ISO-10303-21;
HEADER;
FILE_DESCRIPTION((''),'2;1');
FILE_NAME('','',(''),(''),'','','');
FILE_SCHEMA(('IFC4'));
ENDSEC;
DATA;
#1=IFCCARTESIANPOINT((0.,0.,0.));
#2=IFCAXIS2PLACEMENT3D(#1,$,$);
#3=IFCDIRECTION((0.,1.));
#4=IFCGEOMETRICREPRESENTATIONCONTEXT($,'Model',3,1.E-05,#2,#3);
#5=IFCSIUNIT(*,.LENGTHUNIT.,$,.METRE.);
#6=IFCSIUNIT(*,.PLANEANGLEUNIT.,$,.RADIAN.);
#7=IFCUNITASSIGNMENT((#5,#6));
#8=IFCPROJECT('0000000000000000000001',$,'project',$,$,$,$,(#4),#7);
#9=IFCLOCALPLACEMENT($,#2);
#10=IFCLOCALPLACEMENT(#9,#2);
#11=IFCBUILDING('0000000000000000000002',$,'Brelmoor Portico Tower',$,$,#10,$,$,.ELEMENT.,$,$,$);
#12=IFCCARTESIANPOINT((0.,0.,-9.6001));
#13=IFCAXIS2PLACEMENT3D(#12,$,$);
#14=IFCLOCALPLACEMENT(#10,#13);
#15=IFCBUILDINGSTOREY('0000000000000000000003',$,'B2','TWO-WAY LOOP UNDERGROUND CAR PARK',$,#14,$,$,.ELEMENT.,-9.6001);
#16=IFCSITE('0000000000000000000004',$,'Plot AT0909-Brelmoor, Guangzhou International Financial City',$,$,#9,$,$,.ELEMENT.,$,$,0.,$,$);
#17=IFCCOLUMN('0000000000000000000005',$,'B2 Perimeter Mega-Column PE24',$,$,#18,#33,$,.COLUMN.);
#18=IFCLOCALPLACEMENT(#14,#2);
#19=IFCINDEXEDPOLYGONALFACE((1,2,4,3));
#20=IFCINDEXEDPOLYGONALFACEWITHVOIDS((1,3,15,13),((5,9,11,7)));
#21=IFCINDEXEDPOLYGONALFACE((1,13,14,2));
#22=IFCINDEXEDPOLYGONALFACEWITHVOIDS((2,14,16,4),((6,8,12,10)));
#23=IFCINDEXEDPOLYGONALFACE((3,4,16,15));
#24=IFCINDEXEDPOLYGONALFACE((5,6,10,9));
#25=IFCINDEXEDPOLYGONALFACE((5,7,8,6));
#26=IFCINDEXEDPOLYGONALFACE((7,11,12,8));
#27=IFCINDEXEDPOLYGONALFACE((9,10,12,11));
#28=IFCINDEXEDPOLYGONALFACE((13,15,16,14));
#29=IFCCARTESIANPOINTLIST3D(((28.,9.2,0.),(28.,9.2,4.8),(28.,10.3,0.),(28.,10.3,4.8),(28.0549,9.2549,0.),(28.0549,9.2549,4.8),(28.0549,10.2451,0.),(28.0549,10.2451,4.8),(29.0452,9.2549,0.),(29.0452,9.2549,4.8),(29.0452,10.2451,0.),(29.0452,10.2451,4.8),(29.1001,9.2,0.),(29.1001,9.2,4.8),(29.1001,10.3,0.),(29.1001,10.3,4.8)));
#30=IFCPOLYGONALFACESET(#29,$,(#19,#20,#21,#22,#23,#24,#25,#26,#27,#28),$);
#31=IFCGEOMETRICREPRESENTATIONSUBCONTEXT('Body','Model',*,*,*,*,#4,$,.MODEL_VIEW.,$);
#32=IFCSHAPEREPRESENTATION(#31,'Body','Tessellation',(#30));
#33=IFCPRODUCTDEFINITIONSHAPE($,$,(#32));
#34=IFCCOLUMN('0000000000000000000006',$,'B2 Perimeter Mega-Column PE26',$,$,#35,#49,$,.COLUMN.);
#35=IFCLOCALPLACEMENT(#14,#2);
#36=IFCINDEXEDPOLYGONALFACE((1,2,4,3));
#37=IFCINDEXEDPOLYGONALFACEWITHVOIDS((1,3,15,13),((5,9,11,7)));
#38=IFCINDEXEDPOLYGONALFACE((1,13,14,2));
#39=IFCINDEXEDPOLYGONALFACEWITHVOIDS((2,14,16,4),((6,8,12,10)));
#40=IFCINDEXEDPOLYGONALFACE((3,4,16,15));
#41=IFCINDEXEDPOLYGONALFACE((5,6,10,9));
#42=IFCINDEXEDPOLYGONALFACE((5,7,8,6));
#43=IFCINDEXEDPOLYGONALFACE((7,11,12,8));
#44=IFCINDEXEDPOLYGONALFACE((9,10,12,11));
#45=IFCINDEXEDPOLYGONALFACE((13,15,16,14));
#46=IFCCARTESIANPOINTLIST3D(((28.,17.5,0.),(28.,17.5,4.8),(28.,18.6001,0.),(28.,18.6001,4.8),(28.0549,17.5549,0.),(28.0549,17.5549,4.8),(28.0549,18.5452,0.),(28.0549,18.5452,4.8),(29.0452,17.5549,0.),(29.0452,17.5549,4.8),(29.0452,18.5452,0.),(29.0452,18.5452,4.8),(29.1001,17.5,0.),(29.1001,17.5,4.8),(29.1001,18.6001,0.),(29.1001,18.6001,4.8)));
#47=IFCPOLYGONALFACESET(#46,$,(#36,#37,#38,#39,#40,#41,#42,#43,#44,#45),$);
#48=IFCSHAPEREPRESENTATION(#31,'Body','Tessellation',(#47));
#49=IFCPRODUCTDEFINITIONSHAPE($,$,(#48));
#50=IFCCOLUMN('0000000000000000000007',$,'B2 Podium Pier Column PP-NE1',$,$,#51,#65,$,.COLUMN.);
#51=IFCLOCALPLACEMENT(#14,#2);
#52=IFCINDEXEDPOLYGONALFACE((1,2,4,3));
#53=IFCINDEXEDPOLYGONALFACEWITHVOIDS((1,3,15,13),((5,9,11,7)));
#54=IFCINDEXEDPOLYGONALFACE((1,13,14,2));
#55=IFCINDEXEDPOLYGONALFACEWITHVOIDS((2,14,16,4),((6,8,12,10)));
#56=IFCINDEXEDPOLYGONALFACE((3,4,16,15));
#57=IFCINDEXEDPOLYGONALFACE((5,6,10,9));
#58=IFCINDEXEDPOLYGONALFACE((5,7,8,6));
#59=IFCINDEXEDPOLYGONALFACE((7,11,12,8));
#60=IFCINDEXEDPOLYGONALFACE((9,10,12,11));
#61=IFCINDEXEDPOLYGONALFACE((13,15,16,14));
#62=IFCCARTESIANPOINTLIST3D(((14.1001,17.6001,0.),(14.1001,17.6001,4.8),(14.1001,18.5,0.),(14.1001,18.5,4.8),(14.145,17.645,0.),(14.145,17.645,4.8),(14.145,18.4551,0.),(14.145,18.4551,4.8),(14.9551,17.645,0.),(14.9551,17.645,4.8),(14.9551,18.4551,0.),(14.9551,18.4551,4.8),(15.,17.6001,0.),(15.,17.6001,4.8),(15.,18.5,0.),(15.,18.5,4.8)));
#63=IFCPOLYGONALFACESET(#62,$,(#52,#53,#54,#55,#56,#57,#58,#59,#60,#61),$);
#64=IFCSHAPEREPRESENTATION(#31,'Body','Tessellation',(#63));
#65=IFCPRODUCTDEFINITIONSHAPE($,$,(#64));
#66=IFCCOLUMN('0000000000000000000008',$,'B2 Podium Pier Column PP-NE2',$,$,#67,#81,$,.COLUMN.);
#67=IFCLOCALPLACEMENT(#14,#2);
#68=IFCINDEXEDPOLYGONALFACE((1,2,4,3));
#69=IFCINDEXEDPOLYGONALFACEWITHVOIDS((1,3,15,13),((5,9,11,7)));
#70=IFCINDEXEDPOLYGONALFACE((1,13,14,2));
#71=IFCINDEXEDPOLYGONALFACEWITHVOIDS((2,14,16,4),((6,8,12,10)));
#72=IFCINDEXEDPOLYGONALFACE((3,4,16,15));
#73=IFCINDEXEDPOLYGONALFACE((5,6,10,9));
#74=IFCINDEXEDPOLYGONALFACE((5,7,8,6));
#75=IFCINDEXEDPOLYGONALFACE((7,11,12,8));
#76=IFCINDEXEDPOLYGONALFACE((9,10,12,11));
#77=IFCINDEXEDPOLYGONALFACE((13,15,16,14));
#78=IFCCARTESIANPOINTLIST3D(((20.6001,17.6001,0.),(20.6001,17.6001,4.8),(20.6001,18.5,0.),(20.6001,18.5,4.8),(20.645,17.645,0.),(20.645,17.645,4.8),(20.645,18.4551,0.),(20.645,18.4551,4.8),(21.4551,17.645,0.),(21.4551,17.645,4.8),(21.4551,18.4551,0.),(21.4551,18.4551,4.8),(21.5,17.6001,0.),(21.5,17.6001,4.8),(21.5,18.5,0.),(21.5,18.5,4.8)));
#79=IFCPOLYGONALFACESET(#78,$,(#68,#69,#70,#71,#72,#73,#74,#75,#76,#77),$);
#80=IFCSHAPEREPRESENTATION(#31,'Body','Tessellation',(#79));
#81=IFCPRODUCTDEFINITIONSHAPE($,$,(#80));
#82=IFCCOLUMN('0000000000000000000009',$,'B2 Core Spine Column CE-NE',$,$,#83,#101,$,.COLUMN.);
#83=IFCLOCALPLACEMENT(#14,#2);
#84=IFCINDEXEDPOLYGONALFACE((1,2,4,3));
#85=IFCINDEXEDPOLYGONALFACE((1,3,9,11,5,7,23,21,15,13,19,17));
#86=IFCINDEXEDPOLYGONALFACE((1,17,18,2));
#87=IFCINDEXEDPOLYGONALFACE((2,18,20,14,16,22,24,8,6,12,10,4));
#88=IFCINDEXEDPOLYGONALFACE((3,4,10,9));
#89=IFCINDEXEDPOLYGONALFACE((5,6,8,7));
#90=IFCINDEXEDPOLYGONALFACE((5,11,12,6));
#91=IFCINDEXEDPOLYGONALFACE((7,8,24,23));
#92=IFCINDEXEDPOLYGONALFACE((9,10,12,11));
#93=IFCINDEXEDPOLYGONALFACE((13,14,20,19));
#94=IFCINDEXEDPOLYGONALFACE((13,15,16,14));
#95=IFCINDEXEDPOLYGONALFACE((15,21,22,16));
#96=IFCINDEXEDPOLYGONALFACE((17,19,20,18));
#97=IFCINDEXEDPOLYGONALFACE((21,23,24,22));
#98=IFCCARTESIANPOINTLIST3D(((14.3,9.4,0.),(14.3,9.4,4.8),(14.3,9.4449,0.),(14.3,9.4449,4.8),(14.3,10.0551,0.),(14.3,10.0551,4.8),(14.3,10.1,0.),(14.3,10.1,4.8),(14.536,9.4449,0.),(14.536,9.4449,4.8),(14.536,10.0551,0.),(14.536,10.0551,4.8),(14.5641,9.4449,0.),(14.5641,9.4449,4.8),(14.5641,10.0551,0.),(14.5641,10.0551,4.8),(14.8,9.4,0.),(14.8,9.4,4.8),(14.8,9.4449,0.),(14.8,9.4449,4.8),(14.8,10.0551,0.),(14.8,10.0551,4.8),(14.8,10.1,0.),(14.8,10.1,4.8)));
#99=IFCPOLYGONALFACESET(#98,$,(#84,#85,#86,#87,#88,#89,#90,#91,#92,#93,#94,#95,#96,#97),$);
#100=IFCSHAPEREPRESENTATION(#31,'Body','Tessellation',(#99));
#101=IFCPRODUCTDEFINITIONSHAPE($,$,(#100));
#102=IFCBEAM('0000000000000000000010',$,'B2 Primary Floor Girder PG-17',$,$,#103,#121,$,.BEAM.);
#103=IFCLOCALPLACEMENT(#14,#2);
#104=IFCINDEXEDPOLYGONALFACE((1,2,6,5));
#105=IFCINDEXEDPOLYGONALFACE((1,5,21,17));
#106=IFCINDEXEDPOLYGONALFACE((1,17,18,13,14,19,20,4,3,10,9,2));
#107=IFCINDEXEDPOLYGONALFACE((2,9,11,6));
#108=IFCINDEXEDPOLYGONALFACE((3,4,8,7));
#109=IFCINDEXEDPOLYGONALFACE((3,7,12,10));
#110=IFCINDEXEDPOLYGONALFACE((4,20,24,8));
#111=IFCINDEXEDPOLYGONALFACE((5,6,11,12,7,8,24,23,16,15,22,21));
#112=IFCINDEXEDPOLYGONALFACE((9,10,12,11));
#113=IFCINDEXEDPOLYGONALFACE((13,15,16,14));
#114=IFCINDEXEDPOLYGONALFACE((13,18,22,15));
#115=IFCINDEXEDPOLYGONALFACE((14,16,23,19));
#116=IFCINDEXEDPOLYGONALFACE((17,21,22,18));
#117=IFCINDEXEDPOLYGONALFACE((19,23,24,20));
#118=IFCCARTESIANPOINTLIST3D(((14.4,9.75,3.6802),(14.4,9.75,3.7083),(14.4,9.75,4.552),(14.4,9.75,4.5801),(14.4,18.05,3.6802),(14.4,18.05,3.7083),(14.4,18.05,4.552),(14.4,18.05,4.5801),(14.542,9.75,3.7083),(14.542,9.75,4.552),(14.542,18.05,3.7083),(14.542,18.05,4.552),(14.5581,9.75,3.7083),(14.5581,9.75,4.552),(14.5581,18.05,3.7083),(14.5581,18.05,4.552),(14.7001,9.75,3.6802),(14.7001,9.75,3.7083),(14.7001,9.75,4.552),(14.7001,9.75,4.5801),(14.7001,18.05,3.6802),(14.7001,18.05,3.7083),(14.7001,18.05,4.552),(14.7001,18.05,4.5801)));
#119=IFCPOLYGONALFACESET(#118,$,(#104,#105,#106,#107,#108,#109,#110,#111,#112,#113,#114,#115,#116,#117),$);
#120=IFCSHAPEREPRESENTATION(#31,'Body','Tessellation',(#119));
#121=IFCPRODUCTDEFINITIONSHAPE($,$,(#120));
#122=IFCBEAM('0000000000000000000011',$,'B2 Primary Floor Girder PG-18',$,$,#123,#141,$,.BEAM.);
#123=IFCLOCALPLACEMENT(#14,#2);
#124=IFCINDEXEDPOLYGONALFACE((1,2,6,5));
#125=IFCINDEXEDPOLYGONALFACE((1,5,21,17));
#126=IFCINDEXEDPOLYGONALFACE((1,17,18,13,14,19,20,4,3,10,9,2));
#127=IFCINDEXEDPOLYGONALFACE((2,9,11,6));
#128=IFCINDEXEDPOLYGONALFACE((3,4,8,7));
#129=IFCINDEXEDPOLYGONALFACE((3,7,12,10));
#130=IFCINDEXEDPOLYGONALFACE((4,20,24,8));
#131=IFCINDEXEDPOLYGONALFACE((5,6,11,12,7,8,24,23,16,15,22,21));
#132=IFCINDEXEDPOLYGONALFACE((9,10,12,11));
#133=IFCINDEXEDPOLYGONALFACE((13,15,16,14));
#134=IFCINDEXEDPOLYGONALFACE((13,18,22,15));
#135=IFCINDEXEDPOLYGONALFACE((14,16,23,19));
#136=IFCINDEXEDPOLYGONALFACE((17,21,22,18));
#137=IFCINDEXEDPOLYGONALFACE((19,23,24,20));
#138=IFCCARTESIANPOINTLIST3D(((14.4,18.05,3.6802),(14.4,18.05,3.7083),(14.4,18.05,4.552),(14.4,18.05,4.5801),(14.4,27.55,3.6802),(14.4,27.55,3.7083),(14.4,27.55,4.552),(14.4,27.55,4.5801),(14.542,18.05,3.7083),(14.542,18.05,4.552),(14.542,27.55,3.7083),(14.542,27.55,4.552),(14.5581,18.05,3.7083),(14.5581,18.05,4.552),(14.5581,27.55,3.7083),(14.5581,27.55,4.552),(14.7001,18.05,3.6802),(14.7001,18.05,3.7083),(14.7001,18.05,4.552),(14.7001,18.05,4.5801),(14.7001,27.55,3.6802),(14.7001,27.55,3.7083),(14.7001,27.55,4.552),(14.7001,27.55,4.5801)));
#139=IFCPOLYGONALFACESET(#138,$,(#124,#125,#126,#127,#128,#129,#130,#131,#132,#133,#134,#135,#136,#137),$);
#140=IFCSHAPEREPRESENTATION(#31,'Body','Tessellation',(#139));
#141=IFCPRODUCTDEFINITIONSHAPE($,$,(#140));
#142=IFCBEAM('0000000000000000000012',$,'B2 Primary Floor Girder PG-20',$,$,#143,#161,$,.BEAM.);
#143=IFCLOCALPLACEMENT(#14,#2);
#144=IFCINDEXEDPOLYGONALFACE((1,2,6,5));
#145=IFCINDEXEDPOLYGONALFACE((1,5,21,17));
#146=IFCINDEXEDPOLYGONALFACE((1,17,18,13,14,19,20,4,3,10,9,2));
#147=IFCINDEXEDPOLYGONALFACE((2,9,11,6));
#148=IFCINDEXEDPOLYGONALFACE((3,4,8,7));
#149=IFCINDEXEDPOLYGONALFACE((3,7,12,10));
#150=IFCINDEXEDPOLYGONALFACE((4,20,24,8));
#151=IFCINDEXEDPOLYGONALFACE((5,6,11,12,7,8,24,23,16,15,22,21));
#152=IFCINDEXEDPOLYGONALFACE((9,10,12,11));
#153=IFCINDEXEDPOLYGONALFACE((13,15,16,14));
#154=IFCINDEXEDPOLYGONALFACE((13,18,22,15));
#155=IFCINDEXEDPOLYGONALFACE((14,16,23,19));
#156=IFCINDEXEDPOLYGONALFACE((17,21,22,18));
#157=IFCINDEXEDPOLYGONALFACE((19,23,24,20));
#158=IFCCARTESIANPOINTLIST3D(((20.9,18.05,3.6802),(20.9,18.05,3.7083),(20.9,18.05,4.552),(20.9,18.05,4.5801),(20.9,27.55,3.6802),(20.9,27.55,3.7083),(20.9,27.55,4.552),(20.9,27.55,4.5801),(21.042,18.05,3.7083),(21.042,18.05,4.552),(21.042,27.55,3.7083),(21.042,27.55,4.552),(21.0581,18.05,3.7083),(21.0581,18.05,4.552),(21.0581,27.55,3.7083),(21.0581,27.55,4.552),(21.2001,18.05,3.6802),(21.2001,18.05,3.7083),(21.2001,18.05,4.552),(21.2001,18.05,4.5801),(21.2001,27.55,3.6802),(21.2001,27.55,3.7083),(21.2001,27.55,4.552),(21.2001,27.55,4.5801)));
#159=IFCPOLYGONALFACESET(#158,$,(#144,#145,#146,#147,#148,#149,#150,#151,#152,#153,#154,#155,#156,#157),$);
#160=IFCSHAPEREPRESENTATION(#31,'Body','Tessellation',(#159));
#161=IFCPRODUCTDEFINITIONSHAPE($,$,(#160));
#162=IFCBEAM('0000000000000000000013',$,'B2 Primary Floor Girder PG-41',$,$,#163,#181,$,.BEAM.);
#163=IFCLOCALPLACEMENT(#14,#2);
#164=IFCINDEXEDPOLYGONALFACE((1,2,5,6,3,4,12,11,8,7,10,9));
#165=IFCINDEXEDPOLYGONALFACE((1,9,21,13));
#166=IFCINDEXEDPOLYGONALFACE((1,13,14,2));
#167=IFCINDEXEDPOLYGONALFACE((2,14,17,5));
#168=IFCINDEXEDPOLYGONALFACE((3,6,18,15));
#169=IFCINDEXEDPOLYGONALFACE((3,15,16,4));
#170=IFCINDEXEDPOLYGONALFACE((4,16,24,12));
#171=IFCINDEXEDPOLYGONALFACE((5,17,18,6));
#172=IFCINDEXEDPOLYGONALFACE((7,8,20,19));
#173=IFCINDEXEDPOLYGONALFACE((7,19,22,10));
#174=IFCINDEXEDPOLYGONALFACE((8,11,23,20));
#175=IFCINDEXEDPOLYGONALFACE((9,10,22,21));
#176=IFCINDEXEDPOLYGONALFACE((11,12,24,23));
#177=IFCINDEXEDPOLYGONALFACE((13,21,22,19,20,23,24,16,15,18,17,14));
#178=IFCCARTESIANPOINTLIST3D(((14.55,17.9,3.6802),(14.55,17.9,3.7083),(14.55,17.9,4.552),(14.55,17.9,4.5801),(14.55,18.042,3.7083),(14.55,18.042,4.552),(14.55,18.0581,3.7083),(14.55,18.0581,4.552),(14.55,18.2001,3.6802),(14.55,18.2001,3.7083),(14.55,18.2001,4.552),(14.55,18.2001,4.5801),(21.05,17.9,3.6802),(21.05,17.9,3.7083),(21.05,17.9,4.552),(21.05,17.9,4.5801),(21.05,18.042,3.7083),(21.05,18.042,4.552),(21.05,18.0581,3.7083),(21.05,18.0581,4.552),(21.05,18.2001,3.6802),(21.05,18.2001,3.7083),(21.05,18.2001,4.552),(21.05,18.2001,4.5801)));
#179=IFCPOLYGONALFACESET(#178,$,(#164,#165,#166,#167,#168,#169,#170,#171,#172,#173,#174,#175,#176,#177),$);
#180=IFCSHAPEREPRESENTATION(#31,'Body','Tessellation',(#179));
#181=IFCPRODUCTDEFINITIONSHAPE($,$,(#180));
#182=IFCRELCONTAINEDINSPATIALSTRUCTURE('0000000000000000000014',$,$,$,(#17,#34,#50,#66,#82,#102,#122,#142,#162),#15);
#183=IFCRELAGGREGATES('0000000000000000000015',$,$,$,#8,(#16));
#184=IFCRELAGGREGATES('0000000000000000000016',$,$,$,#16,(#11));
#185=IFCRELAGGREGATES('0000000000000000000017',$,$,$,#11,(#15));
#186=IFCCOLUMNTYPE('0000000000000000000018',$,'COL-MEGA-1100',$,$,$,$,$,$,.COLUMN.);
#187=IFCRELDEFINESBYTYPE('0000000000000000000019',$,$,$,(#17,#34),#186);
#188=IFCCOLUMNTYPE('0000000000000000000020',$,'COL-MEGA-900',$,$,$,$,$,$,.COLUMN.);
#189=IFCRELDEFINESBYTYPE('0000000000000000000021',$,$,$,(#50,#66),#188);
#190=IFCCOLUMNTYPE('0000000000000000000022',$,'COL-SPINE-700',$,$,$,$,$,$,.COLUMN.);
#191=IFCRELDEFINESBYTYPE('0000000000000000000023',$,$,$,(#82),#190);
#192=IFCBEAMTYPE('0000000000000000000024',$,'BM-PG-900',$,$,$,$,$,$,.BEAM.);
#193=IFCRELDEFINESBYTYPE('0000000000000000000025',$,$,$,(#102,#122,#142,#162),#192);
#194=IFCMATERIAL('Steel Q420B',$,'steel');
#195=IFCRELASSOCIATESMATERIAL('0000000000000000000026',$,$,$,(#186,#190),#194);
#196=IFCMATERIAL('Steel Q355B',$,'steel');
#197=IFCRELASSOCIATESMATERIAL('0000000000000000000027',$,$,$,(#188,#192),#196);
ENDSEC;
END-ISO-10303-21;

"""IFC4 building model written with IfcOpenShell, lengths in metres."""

from ifc_helpers import new_model, si_unit, direction, frame, origin, origin_2d, place, context, subcontext, project, spatial, hollow_rectangle, i_section, extrude, material, material_profile, profile_set, type_object, element, save


model = new_model("IFC4")

# Units and contexts
model_context = context("Model", 3, precision=1e-05, world=origin(), true_north=direction((0.0, 1.0)))
body_context = subcontext(model_context, "Body", "Model", "MODEL_VIEW")
ifc_project = project(units=[si_unit("LENGTHUNIT", "METRE"), si_unit("PLANEANGLEUNIT", "RADIAN")], contexts=[model_context])

# Site, building, storey
site_placement = place(None, origin())
site = spatial("IfcSite", under=ifc_project, at=site_placement, Name="Plot AT0909-Brelmoor, Guangzhou International Financial City", CompositionType="ELEMENT", RefElevation=0.0)
building_placement = place(site_placement, origin())
building = spatial("IfcBuilding", under=site, at=building_placement, Name="Brelmoor Portico Tower", CompositionType="ELEMENT")
storey_placement = place(building_placement, frame((0.0, 0.0, -9.6001)))
storey = spatial("IfcBuildingStorey", under=building, at=storey_placement, Name="B2", Description="TWO-WAY LOOP UNDERGROUND CAR PARK", CompositionType="ELEMENT", Elevation=-9.6001)

# Columns
ifc_material_1 = material(Name="Steel Q420B", Category="steel")
ifc_material_profile_1 = material_profile(ifc_material_1, hollow_rectangle(XDim=1.1001, YDim=1.1001, WallThickness=0.0549, at=origin_2d()), Name="BOX 1100x1100x55")
ifc_profile_set_1 = profile_set([ifc_material_profile_1], Name="Steel Q420B")
column_type_1 = type_object("IfcColumnType", Name="COL-MEGA-1100", PredefinedType="COLUMN", material=ifc_profile_set_1)
for number, where, z_axis, x_axis, name in (
    (1, (28.55, 9.75, 0.0), (0.0, 0.0, 1.0), (0.0, 1.0, 0.0), "B2 Perimeter Mega-Column PE24"),
    (2, (28.55, 18.05, 0.0), (0.0, 0.0, 1.0), (0.0, 1.0, 0.0), "B2 Perimeter Mega-Column PE26"),
):
    element("IfcColumn", number, at=place(storey_placement, frame(where, z_axis=z_axis, x_axis=x_axis)), inside=storey, type_object=column_type_1, Name=name, PredefinedType="COLUMN", context=body_context, shape_type="SweptSolid", body=[
        extrude(hollow_rectangle(XDim=1.1001, YDim=1.1001, WallThickness=0.0549, at=origin_2d()), origin(), (0.0, 0.0, 1.0), 4.8),
    ])
ifc_material_2 = material(Name="Steel Q355B", Category="steel")
ifc_material_profile_2 = material_profile(ifc_material_2, hollow_rectangle(XDim=0.8999, YDim=0.8999, WallThickness=0.0449, at=origin_2d()), Name="BOX 900x900x45")
ifc_profile_set_2 = profile_set([ifc_material_profile_2], Name="Steel Q355B")
column_type_2 = type_object("IfcColumnType", Name="COL-MEGA-900", PredefinedType="COLUMN", material=ifc_profile_set_2)
for number, where, z_axis, x_axis, name in (
    (3, (14.55, 18.05, 0.0), (0.0, 0.0, 1.0), (1.0, 0.0, 0.0), "B2 Podium Pier Column PP-NE1"),
    (4, (21.05, 18.05, 0.0), (0.0, 0.0, 1.0), (1.0, 0.0, 0.0), "B2 Podium Pier Column PP-NE2"),
):
    element("IfcColumn", number, at=place(storey_placement, frame(where, z_axis=z_axis, x_axis=x_axis)), inside=storey, type_object=column_type_2, Name=name, PredefinedType="COLUMN", context=body_context, shape_type="SweptSolid", body=[
        extrude(hollow_rectangle(XDim=0.8999, YDim=0.8999, WallThickness=0.0449, at=origin_2d()), origin(), (0.0, 0.0, 1.0), 4.8),
    ])
ifc_material_profile_3 = material_profile(ifc_material_1, i_section(OverallWidth=0.5, OverallDepth=0.7, WebThickness=0.0281, FlangeThickness=0.0449, at=origin_2d()), Name="HW 700x500x28x45")
ifc_profile_set_3 = profile_set([ifc_material_profile_3], Name="Steel Q420B")
column_type_3 = type_object("IfcColumnType", Name="COL-SPINE-700", PredefinedType="COLUMN", material=ifc_profile_set_3)
column_placement = place(storey_placement, frame((14.55, 9.75, 0.0), z_axis=(0.0, 0.0, 1.0), x_axis=(1.0, 0.0, 0.0)))
element("IfcColumn", 5, at=column_placement, inside=storey, type_object=column_type_3, Name="B2 Core Spine Column CE-NE", PredefinedType="COLUMN", context=body_context, shape_type="SweptSolid", body=[
    extrude(i_section(OverallWidth=0.5, OverallDepth=0.7, WebThickness=0.0281, FlangeThickness=0.0449, at=origin_2d()), origin(), (0.0, 0.0, 1.0), 4.8),
])

# Beams
ifc_material_profile_4 = material_profile(ifc_material_2, i_section(OverallWidth=0.3, OverallDepth=0.8999, WebThickness=0.0161, FlangeThickness=0.0281, at=origin_2d()), Name="HN 900x300x16x28")
ifc_profile_set_4 = profile_set([ifc_material_profile_4], Name="Steel Q355B")
beam_type = type_object("IfcBeamType", Name="BM-PG-900", PredefinedType="BEAM", material=ifc_profile_set_4)
beam_1_placement = place(storey_placement, frame((14.55, 9.75, 4.1301), z_axis=(0.0, 1.0, 0.0), x_axis=(-1.0, 0.0, 0.0)))
element("IfcBeam", 6, at=beam_1_placement, inside=storey, type_object=beam_type, Name="B2 Primary Floor Girder PG-17", PredefinedType="BEAM", context=body_context, shape_type="SweptSolid", body=[
    extrude(i_section(OverallWidth=0.3, OverallDepth=0.8999, WebThickness=0.0161, FlangeThickness=0.0281, at=origin_2d()), origin(), (0.0, 0.0, 1.0), 8.3),
])
for number, where, z_axis, x_axis, name in (
    (7, (14.55, 18.05, 4.1301), (0.0, 1.0, 0.0), (-1.0, 0.0, 0.0), "B2 Primary Floor Girder PG-18"),
    (8, (21.05, 18.05, 4.1301), (0.0, 1.0, 0.0), (-1.0, 0.0, 0.0), "B2 Primary Floor Girder PG-20"),
):
    element("IfcBeam", number, at=place(storey_placement, frame(where, z_axis=z_axis, x_axis=x_axis)), inside=storey, type_object=beam_type, Name=name, PredefinedType="BEAM", context=body_context, shape_type="SweptSolid", body=[
        extrude(i_section(OverallWidth=0.3, OverallDepth=0.8999, WebThickness=0.0161, FlangeThickness=0.0281, at=origin_2d()), origin(), (0.0, 0.0, 1.0), 9.5),
    ])
beam_2_placement = place(storey_placement, frame((14.55, 18.05, 4.1301), z_axis=(1.0, 0.0, 0.0), x_axis=(0.0, 1.0, 0.0)))
element("IfcBeam", 9, at=beam_2_placement, inside=storey, type_object=beam_type, Name="B2 Primary Floor Girder PG-41", PredefinedType="BEAM", context=body_context, shape_type="SweptSolid", body=[
    extrude(i_section(OverallWidth=0.3, OverallDepth=0.8999, WebThickness=0.0161, FlangeThickness=0.0281, at=origin_2d()), origin(), (0.0, 0.0, 1.0), 6.5),
])

save(model, "model.ifc")
